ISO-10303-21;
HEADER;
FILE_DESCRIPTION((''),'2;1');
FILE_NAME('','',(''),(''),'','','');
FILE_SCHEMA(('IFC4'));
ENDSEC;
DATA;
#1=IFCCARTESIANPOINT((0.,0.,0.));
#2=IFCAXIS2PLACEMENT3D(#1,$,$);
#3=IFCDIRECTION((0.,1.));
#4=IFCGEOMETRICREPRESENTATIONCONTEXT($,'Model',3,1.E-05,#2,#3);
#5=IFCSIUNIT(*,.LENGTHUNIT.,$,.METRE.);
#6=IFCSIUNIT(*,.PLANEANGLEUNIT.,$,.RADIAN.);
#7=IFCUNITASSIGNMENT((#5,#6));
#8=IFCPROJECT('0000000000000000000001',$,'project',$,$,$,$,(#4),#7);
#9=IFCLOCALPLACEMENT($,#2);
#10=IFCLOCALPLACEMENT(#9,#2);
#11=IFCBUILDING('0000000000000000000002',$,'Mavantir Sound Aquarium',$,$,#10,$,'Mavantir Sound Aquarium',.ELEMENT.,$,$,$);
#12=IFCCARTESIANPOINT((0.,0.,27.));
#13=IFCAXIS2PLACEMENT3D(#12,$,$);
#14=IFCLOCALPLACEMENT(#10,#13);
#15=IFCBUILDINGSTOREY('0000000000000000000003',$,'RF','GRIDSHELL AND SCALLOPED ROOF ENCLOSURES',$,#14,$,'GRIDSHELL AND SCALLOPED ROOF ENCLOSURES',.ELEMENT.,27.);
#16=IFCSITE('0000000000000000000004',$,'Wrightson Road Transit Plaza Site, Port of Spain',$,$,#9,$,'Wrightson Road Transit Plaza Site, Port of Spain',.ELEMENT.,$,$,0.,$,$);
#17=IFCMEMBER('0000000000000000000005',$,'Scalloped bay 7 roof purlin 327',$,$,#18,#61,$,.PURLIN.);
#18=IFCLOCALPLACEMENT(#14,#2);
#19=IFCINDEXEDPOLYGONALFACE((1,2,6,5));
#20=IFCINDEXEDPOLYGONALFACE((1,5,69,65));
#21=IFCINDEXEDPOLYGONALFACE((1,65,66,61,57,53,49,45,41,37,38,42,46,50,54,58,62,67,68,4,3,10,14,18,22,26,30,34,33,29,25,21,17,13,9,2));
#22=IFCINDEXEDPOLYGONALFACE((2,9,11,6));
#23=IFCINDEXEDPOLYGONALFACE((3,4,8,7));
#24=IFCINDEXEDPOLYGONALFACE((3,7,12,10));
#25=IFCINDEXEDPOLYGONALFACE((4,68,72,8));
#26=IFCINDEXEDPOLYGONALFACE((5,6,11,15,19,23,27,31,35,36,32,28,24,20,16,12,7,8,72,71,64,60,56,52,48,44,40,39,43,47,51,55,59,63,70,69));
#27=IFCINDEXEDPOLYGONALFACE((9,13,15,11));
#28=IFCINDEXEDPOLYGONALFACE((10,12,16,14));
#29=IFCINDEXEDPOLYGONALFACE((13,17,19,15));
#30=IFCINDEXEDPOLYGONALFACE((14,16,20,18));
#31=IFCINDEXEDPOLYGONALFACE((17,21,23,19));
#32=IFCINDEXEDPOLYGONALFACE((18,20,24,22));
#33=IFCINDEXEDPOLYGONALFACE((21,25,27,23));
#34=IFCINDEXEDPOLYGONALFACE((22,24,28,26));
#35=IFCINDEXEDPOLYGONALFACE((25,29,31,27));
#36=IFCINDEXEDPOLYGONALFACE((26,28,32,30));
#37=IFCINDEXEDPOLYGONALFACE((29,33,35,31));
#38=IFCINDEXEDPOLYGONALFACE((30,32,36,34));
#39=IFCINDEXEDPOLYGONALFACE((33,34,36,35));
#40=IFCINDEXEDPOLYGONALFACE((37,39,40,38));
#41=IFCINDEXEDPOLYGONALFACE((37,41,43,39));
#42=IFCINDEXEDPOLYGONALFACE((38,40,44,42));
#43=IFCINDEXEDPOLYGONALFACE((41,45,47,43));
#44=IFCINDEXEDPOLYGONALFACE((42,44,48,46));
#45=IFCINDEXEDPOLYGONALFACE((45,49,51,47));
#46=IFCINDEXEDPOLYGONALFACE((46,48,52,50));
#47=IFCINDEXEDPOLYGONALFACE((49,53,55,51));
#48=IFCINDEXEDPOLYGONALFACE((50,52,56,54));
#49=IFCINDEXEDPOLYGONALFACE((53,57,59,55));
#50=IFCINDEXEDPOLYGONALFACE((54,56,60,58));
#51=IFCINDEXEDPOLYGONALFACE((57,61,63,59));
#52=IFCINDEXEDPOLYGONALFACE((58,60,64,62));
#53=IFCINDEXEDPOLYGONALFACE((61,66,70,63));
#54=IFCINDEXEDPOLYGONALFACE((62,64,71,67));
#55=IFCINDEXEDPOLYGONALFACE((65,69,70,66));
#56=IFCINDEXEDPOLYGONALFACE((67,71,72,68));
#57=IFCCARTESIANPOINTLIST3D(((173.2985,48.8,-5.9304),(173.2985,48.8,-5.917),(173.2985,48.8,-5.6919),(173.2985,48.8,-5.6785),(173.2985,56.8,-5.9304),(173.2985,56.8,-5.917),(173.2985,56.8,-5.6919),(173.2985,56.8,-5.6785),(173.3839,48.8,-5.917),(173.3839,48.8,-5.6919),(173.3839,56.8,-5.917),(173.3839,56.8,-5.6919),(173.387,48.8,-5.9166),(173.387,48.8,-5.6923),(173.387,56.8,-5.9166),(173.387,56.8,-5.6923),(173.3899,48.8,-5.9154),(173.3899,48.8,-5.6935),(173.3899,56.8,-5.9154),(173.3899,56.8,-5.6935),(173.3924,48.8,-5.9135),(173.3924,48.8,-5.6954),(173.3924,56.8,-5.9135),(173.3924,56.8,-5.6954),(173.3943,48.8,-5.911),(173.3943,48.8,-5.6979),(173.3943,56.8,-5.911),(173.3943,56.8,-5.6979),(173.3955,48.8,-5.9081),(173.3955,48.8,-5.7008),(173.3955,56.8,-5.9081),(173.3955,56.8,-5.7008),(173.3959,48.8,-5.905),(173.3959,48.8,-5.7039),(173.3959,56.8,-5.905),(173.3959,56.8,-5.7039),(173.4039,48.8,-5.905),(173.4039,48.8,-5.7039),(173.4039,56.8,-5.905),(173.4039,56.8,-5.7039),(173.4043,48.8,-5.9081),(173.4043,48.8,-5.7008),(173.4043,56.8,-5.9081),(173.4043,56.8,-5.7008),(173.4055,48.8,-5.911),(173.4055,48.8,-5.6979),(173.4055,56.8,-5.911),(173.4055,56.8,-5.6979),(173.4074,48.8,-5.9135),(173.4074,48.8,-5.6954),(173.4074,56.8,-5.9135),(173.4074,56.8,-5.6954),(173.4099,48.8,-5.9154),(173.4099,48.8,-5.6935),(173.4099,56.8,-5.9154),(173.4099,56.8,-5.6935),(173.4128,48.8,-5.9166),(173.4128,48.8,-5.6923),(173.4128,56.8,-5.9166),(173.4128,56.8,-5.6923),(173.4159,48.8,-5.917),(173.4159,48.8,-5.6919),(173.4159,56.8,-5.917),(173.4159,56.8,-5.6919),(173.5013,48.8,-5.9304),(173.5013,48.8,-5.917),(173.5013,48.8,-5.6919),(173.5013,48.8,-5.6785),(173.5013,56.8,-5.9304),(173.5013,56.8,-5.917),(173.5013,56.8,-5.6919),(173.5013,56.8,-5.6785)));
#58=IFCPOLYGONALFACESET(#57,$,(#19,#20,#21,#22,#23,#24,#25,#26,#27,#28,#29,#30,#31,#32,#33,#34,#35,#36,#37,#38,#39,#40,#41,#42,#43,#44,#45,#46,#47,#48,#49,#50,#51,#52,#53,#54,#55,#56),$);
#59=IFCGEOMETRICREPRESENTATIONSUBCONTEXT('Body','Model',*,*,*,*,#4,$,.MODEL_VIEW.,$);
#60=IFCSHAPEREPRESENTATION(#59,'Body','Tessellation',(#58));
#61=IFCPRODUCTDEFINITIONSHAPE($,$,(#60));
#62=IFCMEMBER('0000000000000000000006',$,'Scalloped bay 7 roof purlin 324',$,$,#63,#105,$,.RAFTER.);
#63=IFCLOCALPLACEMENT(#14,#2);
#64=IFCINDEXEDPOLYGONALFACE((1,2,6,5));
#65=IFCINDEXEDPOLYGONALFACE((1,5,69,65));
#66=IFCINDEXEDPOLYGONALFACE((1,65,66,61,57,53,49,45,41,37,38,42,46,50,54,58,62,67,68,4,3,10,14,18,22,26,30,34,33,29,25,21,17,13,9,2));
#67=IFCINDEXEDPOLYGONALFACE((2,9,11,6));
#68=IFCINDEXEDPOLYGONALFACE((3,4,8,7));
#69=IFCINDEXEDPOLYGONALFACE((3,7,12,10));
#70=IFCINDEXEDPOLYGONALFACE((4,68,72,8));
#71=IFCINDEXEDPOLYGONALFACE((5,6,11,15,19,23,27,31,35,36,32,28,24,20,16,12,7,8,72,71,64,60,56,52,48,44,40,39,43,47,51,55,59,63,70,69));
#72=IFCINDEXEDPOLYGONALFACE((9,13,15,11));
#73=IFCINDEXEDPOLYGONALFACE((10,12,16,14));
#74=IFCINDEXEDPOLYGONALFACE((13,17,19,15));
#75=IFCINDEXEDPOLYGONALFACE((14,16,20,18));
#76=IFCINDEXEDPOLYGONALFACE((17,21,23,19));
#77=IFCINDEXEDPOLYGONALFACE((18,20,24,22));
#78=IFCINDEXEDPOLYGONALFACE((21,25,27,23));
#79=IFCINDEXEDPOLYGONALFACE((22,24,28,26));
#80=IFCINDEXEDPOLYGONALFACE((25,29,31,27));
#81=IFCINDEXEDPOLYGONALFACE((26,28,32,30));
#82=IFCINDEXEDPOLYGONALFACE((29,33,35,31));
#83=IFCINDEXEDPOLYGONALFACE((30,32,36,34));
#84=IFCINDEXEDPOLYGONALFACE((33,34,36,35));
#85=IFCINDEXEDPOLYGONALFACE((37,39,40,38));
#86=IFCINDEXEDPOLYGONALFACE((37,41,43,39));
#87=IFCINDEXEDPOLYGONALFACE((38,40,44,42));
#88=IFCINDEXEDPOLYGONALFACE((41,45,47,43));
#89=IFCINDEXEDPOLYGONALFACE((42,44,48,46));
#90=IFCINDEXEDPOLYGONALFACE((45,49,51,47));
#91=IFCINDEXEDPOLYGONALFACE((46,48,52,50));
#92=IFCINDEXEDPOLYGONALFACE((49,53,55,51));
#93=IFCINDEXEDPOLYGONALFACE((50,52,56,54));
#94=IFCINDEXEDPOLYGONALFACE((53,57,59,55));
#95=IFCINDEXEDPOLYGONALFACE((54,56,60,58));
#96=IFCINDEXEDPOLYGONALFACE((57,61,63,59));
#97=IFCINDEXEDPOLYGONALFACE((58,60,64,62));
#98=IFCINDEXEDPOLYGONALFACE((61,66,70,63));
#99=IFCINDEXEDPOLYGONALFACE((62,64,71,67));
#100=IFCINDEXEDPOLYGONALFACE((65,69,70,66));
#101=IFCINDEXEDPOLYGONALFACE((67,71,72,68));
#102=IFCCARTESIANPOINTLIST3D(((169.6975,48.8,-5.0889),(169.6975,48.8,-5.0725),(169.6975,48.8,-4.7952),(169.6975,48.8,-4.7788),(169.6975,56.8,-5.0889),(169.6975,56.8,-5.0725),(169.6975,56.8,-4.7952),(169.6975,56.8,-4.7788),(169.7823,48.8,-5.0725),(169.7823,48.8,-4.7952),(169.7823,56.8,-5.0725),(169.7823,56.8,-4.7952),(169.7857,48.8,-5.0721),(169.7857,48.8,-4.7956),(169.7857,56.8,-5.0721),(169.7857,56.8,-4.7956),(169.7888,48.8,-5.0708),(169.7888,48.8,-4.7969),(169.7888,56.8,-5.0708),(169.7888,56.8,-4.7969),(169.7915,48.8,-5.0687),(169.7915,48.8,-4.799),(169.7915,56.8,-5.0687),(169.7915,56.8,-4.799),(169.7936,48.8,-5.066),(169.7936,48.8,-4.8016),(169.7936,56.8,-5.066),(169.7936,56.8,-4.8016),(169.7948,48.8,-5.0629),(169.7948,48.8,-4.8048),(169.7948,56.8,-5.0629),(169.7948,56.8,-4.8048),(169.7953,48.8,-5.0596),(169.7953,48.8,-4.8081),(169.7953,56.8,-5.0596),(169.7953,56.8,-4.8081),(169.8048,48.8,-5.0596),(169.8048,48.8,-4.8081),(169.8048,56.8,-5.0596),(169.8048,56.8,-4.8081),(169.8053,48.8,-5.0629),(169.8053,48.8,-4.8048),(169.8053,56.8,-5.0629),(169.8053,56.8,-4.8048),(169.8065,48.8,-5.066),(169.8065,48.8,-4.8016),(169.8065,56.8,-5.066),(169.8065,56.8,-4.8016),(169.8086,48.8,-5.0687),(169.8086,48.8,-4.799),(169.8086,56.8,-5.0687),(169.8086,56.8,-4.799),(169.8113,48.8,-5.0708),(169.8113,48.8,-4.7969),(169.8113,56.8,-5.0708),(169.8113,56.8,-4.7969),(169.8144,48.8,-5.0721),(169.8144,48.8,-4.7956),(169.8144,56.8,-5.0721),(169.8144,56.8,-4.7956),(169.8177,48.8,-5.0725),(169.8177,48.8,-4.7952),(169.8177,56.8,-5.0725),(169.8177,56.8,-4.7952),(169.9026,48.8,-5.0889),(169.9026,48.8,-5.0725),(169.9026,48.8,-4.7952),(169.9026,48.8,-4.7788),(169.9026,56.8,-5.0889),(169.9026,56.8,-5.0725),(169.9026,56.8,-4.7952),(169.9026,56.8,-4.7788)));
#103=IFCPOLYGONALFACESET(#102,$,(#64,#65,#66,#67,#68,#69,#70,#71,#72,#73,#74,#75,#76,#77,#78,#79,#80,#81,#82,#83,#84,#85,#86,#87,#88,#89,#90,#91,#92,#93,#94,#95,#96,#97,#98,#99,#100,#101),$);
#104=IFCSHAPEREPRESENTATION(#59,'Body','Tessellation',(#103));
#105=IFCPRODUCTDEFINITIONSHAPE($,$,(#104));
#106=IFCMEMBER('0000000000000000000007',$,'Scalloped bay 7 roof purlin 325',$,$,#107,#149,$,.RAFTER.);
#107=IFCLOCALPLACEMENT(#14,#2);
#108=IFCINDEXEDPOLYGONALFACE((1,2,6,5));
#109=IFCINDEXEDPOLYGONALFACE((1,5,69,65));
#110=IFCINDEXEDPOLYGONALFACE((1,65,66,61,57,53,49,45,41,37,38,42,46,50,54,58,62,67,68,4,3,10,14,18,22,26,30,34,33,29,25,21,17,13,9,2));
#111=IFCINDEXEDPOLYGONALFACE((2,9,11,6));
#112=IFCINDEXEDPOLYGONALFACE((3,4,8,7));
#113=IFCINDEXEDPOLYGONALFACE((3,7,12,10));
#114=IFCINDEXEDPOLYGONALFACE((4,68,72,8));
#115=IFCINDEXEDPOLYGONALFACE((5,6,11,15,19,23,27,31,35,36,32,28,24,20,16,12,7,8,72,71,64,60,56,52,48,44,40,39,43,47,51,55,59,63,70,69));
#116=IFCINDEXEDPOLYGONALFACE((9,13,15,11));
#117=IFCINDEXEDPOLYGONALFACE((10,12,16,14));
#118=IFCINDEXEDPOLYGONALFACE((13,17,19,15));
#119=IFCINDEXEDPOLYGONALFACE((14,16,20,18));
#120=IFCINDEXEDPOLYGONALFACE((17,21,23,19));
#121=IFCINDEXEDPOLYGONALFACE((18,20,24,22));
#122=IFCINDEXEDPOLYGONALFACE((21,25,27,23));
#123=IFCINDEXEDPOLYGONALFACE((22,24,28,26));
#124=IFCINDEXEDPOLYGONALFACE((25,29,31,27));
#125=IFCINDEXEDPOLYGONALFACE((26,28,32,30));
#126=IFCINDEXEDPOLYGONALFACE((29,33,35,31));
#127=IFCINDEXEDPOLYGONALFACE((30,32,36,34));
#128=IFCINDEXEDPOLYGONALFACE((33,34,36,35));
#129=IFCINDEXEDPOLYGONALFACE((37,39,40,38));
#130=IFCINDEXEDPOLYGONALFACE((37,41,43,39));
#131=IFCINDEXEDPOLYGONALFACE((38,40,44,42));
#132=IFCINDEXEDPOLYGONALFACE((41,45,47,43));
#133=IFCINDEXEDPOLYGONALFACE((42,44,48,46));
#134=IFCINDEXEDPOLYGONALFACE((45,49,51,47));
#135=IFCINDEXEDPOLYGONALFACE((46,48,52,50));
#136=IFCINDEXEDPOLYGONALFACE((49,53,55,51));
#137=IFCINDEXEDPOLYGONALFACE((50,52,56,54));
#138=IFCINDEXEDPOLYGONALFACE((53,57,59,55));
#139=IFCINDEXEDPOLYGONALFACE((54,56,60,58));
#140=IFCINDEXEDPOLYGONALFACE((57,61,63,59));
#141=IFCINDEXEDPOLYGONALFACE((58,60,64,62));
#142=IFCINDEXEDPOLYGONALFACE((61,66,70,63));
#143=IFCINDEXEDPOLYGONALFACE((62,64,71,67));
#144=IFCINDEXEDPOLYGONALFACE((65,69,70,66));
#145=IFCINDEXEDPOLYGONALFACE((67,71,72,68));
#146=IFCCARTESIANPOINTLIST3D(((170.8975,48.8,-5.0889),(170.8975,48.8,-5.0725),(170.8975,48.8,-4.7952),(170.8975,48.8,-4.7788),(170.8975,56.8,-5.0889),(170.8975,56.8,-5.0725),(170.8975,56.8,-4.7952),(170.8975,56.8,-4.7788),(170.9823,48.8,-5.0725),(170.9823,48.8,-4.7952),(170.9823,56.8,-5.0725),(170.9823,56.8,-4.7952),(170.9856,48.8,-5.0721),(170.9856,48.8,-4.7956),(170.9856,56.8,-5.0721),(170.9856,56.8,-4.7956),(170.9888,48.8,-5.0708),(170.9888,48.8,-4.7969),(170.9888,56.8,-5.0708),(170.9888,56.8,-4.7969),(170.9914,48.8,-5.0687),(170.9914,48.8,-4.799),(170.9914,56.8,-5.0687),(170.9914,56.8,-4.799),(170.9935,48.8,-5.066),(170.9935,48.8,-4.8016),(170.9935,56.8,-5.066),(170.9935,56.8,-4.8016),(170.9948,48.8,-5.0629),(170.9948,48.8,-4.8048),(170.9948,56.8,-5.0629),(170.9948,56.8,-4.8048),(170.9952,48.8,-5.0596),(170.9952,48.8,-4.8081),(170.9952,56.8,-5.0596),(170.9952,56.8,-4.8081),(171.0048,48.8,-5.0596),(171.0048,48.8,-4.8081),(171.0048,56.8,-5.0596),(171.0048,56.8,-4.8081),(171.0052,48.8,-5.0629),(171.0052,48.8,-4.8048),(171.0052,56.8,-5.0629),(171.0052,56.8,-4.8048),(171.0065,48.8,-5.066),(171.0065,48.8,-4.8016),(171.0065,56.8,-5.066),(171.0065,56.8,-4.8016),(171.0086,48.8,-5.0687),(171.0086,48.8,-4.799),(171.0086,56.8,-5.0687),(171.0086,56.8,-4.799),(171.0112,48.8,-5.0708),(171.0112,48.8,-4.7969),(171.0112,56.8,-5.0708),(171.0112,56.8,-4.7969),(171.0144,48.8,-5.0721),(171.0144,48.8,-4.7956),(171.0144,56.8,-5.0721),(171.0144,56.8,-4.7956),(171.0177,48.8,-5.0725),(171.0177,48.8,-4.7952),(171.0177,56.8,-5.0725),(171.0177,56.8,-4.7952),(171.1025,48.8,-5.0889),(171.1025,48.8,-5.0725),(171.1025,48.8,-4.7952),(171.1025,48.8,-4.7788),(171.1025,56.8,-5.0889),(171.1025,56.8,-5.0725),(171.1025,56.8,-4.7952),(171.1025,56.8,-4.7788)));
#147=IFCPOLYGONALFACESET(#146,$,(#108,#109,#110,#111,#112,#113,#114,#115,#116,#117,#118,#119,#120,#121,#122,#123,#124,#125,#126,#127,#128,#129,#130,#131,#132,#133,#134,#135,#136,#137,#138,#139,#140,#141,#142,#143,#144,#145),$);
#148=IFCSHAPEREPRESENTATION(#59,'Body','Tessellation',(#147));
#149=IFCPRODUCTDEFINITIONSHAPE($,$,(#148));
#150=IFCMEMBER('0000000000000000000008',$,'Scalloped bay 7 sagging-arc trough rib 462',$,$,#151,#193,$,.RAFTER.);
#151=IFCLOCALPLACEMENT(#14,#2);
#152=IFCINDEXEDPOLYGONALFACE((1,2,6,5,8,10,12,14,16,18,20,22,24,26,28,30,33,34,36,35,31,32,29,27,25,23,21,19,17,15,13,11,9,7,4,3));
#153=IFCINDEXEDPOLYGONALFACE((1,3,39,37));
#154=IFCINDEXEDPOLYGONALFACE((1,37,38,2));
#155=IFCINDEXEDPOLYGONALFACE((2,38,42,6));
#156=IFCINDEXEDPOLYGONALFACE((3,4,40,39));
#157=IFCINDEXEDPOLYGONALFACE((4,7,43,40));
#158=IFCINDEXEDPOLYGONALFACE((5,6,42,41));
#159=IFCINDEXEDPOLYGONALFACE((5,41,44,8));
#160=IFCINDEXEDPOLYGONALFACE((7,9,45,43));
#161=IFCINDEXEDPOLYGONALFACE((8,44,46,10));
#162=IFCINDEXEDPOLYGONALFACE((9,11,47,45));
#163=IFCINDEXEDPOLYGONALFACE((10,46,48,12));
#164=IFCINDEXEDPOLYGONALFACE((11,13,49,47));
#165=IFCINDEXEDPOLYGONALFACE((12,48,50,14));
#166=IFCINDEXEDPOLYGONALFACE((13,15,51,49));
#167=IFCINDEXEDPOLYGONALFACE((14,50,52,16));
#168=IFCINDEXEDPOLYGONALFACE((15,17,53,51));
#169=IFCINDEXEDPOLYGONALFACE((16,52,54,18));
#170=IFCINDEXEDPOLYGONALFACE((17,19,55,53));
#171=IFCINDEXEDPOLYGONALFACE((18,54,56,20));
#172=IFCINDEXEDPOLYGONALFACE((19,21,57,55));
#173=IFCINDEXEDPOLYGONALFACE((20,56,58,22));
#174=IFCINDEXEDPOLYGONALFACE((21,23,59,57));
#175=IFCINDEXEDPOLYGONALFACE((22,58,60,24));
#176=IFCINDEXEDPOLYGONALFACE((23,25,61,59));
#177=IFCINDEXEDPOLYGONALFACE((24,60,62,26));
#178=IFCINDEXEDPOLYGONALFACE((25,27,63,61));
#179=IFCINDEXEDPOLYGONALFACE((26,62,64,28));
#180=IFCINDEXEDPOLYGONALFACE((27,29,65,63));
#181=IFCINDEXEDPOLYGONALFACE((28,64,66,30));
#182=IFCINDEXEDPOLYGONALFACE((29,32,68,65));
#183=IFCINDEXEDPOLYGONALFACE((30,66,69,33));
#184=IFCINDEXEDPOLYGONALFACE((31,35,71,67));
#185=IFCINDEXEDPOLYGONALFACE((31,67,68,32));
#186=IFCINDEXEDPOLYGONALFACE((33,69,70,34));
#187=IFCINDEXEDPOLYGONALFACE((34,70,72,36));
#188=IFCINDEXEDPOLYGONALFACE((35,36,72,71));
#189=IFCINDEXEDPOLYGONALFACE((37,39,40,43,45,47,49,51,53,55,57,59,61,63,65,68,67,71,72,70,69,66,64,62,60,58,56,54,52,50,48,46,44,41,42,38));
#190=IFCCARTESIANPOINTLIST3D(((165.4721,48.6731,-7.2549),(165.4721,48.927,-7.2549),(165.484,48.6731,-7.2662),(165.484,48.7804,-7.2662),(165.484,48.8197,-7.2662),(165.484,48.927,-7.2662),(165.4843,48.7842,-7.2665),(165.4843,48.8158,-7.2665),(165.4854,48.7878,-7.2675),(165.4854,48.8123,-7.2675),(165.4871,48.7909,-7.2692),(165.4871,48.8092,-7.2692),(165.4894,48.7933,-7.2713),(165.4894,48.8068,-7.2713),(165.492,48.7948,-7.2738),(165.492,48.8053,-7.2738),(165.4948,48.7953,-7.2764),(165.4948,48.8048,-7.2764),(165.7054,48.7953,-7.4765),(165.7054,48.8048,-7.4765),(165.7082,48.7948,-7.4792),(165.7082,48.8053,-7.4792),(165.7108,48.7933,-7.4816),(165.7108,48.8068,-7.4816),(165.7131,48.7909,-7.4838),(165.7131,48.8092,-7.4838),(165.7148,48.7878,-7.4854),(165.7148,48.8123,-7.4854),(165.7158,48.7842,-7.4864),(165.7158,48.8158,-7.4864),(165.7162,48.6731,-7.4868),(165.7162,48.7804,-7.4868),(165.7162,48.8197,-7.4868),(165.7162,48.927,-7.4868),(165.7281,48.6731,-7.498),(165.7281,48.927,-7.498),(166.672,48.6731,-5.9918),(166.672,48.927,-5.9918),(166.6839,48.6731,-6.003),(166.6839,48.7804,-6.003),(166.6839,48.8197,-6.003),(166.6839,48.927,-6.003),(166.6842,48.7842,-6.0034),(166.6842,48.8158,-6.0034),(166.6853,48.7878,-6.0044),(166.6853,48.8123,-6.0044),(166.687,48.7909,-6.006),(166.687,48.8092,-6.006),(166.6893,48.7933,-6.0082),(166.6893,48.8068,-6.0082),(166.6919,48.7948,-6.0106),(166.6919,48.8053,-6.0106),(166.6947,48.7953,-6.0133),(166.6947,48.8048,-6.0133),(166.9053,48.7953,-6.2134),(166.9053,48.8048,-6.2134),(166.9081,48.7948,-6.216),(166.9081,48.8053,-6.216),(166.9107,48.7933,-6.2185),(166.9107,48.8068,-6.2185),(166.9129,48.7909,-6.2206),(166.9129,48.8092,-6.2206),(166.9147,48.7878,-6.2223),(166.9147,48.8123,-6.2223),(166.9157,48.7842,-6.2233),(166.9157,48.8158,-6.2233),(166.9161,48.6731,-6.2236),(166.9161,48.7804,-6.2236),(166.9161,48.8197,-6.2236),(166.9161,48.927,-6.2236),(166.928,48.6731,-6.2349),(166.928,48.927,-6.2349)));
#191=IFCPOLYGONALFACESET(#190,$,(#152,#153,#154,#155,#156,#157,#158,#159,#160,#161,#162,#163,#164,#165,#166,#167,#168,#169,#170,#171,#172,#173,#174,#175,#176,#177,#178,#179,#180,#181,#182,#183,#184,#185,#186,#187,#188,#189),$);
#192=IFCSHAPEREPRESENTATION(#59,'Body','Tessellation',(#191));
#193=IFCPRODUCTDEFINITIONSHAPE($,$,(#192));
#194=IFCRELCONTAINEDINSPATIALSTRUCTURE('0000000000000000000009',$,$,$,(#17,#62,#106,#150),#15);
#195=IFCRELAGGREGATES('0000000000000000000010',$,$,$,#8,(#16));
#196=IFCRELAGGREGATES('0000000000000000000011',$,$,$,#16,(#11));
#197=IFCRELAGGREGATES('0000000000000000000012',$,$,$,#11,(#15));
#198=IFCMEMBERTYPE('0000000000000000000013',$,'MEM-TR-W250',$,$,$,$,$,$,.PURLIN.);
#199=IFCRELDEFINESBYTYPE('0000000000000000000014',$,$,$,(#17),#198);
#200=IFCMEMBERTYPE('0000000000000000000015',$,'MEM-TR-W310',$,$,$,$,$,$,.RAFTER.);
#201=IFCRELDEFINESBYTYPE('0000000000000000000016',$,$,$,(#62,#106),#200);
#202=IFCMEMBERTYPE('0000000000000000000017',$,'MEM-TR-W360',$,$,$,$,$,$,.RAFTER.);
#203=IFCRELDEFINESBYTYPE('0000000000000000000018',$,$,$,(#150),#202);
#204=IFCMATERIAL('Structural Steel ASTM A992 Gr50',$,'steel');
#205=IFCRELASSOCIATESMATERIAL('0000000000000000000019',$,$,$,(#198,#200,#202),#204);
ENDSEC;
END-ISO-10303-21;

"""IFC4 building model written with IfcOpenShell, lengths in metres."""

from ifc_helpers import new_model, si_unit, direction, frame, origin, origin_2d, place, context, subcontext, project, spatial, i_section, extrude, material, material_profile, profile_set, type_object, element, save


model = new_model("IFC4")

# Units and contexts
model_context = context("Model", 3, precision=1e-05, world=origin(), true_north=direction((0.0, 1.0)))
body_context = subcontext(model_context, "Body", "Model", "MODEL_VIEW")
ifc_project = project(units=[si_unit("LENGTHUNIT", "METRE"), si_unit("PLANEANGLEUNIT", "RADIAN")], contexts=[model_context])

# Site, building, storey
site_placement = place(None, origin())
site = spatial("IfcSite", under=ifc_project, at=site_placement, Name="Wrightson Road Transit Plaza Site, Port of Spain", LongName="Wrightson Road Transit Plaza Site, Port of Spain", CompositionType="ELEMENT", RefElevation=0.0)
building_placement = place(site_placement, origin())
building = spatial("IfcBuilding", under=site, at=building_placement, Name="Mavantir Sound Aquarium", LongName="Mavantir Sound Aquarium", CompositionType="ELEMENT")
storey_placement = place(building_placement, frame((0.0, 0.0, 27.0)))
storey = spatial("IfcBuildingStorey", under=building, at=storey_placement, Name="RF", Description="GRIDSHELL AND SCALLOPED ROOF ENCLOSURES", LongName="GRIDSHELL AND SCALLOPED ROOF ENCLOSURES", CompositionType="ELEMENT", Elevation=27.0)

# Shared definitions
ifc_material_1 = material(Name="Structural Steel ASTM A992 Gr50", Category="steel")

# Members
ifc_material_profile_1 = material_profile(ifc_material_1, i_section(OverallWidth=0.2029, OverallDepth=0.252, WebThickness=0.0081, FlangeThickness=0.0134, FilletRadius=0.012, at=origin_2d()), Name="W250X58")
ifc_profile_set_1 = profile_set([ifc_material_profile_1], Name="Structural Steel ASTM A992 Gr50")
member_type_1 = type_object("IfcMemberType", Name="MEM-TR-W250", PredefinedType="PURLIN", material=ifc_profile_set_1)
for number, where, z_axis, x_axis, name in (
    (1, (173.3999, 48.8, -5.8044), (0.0, 1.0, 0.0), (-1.0, 0.0, 0.0), "Scalloped bay 7 roof purlin 327"),
):
    element("IfcMember", number, at=place(storey_placement, frame(where, z_axis=z_axis, x_axis=x_axis)), inside=storey, type_object=member_type_1, Name=name, PredefinedType="PURLIN", context=body_context, shape_type="SweptSolid", body=[
        extrude(i_section(OverallWidth=0.2029, OverallDepth=0.252, WebThickness=0.0081, FlangeThickness=0.0134, FilletRadius=0.012, at=origin_2d()), origin(), (0.0, 0.0, 1.0), 8.0),
    ])
ifc_material_profile_2 = material_profile(ifc_material_1, i_section(OverallWidth=0.2051, OverallDepth=0.3101, WebThickness=0.0095, FlangeThickness=0.0164, FilletRadius=0.0129, at=origin_2d()), Name="W310X74")
ifc_profile_set_2 = profile_set([ifc_material_profile_2], Name="Structural Steel ASTM A992 Gr50")
member_type_2 = type_object("IfcMemberType", Name="MEM-TR-W310", PredefinedType="RAFTER", material=ifc_profile_set_2)
for number, where, z_axis, x_axis, name in (
    (2, (169.8, 48.8, -4.9338), (0.0, 1.0, 0.0), (-1.0, 0.0, 0.0), "Scalloped bay 7 roof purlin 324"),
    (3, (171.0, 48.8, -4.9338), (0.0, 1.0, 0.0), (-1.0, 0.0, 0.0), "Scalloped bay 7 roof purlin 325"),
):
    element("IfcMember", number, at=place(storey_placement, frame(where, z_axis=z_axis, x_axis=x_axis)), inside=storey, type_object=member_type_2, Name=name, PredefinedType="RAFTER", context=body_context, shape_type="SweptSolid", body=[
        extrude(i_section(OverallWidth=0.2051, OverallDepth=0.3101, WebThickness=0.0095, FlangeThickness=0.0164, FilletRadius=0.0129, at=origin_2d()), origin(), (0.0, 0.0, 1.0), 8.0),
    ])
ifc_material_profile_3 = material_profile(ifc_material_1, i_section(OverallWidth=0.2539, OverallDepth=0.353, WebThickness=0.0095, FlangeThickness=0.0164, FilletRadius=0.0149, at=origin_2d()), Name="W360X91")
ifc_profile_set_3 = profile_set([ifc_material_profile_3], Name="Structural Steel ASTM A992 Gr50")
member_type_3 = type_object("IfcMemberType", Name="MEM-TR-W360", PredefinedType="RAFTER", material=ifc_profile_set_3)
member_1_placement = place(storey_placement, frame((165.6001, 48.8, -7.3765), z_axis=(0.688727, 0.0, 0.72502), x_axis=(0.0, 1.0, 0.0)))
element("IfcMember", 4, at=member_1_placement, inside=storey, type_object=member_type_3, Name="Scalloped bay 7 sagging-arc trough rib 462", PredefinedType="RAFTER", context=body_context, shape_type="SweptSolid", body=[
    extrude(i_section(OverallWidth=0.2539, OverallDepth=0.353, WebThickness=0.0095, FlangeThickness=0.0164, FilletRadius=0.0149, at=origin_2d()), origin(), (0.0, 0.0, 1.0), 1.7422),
])

save(model, "model.ifc")
